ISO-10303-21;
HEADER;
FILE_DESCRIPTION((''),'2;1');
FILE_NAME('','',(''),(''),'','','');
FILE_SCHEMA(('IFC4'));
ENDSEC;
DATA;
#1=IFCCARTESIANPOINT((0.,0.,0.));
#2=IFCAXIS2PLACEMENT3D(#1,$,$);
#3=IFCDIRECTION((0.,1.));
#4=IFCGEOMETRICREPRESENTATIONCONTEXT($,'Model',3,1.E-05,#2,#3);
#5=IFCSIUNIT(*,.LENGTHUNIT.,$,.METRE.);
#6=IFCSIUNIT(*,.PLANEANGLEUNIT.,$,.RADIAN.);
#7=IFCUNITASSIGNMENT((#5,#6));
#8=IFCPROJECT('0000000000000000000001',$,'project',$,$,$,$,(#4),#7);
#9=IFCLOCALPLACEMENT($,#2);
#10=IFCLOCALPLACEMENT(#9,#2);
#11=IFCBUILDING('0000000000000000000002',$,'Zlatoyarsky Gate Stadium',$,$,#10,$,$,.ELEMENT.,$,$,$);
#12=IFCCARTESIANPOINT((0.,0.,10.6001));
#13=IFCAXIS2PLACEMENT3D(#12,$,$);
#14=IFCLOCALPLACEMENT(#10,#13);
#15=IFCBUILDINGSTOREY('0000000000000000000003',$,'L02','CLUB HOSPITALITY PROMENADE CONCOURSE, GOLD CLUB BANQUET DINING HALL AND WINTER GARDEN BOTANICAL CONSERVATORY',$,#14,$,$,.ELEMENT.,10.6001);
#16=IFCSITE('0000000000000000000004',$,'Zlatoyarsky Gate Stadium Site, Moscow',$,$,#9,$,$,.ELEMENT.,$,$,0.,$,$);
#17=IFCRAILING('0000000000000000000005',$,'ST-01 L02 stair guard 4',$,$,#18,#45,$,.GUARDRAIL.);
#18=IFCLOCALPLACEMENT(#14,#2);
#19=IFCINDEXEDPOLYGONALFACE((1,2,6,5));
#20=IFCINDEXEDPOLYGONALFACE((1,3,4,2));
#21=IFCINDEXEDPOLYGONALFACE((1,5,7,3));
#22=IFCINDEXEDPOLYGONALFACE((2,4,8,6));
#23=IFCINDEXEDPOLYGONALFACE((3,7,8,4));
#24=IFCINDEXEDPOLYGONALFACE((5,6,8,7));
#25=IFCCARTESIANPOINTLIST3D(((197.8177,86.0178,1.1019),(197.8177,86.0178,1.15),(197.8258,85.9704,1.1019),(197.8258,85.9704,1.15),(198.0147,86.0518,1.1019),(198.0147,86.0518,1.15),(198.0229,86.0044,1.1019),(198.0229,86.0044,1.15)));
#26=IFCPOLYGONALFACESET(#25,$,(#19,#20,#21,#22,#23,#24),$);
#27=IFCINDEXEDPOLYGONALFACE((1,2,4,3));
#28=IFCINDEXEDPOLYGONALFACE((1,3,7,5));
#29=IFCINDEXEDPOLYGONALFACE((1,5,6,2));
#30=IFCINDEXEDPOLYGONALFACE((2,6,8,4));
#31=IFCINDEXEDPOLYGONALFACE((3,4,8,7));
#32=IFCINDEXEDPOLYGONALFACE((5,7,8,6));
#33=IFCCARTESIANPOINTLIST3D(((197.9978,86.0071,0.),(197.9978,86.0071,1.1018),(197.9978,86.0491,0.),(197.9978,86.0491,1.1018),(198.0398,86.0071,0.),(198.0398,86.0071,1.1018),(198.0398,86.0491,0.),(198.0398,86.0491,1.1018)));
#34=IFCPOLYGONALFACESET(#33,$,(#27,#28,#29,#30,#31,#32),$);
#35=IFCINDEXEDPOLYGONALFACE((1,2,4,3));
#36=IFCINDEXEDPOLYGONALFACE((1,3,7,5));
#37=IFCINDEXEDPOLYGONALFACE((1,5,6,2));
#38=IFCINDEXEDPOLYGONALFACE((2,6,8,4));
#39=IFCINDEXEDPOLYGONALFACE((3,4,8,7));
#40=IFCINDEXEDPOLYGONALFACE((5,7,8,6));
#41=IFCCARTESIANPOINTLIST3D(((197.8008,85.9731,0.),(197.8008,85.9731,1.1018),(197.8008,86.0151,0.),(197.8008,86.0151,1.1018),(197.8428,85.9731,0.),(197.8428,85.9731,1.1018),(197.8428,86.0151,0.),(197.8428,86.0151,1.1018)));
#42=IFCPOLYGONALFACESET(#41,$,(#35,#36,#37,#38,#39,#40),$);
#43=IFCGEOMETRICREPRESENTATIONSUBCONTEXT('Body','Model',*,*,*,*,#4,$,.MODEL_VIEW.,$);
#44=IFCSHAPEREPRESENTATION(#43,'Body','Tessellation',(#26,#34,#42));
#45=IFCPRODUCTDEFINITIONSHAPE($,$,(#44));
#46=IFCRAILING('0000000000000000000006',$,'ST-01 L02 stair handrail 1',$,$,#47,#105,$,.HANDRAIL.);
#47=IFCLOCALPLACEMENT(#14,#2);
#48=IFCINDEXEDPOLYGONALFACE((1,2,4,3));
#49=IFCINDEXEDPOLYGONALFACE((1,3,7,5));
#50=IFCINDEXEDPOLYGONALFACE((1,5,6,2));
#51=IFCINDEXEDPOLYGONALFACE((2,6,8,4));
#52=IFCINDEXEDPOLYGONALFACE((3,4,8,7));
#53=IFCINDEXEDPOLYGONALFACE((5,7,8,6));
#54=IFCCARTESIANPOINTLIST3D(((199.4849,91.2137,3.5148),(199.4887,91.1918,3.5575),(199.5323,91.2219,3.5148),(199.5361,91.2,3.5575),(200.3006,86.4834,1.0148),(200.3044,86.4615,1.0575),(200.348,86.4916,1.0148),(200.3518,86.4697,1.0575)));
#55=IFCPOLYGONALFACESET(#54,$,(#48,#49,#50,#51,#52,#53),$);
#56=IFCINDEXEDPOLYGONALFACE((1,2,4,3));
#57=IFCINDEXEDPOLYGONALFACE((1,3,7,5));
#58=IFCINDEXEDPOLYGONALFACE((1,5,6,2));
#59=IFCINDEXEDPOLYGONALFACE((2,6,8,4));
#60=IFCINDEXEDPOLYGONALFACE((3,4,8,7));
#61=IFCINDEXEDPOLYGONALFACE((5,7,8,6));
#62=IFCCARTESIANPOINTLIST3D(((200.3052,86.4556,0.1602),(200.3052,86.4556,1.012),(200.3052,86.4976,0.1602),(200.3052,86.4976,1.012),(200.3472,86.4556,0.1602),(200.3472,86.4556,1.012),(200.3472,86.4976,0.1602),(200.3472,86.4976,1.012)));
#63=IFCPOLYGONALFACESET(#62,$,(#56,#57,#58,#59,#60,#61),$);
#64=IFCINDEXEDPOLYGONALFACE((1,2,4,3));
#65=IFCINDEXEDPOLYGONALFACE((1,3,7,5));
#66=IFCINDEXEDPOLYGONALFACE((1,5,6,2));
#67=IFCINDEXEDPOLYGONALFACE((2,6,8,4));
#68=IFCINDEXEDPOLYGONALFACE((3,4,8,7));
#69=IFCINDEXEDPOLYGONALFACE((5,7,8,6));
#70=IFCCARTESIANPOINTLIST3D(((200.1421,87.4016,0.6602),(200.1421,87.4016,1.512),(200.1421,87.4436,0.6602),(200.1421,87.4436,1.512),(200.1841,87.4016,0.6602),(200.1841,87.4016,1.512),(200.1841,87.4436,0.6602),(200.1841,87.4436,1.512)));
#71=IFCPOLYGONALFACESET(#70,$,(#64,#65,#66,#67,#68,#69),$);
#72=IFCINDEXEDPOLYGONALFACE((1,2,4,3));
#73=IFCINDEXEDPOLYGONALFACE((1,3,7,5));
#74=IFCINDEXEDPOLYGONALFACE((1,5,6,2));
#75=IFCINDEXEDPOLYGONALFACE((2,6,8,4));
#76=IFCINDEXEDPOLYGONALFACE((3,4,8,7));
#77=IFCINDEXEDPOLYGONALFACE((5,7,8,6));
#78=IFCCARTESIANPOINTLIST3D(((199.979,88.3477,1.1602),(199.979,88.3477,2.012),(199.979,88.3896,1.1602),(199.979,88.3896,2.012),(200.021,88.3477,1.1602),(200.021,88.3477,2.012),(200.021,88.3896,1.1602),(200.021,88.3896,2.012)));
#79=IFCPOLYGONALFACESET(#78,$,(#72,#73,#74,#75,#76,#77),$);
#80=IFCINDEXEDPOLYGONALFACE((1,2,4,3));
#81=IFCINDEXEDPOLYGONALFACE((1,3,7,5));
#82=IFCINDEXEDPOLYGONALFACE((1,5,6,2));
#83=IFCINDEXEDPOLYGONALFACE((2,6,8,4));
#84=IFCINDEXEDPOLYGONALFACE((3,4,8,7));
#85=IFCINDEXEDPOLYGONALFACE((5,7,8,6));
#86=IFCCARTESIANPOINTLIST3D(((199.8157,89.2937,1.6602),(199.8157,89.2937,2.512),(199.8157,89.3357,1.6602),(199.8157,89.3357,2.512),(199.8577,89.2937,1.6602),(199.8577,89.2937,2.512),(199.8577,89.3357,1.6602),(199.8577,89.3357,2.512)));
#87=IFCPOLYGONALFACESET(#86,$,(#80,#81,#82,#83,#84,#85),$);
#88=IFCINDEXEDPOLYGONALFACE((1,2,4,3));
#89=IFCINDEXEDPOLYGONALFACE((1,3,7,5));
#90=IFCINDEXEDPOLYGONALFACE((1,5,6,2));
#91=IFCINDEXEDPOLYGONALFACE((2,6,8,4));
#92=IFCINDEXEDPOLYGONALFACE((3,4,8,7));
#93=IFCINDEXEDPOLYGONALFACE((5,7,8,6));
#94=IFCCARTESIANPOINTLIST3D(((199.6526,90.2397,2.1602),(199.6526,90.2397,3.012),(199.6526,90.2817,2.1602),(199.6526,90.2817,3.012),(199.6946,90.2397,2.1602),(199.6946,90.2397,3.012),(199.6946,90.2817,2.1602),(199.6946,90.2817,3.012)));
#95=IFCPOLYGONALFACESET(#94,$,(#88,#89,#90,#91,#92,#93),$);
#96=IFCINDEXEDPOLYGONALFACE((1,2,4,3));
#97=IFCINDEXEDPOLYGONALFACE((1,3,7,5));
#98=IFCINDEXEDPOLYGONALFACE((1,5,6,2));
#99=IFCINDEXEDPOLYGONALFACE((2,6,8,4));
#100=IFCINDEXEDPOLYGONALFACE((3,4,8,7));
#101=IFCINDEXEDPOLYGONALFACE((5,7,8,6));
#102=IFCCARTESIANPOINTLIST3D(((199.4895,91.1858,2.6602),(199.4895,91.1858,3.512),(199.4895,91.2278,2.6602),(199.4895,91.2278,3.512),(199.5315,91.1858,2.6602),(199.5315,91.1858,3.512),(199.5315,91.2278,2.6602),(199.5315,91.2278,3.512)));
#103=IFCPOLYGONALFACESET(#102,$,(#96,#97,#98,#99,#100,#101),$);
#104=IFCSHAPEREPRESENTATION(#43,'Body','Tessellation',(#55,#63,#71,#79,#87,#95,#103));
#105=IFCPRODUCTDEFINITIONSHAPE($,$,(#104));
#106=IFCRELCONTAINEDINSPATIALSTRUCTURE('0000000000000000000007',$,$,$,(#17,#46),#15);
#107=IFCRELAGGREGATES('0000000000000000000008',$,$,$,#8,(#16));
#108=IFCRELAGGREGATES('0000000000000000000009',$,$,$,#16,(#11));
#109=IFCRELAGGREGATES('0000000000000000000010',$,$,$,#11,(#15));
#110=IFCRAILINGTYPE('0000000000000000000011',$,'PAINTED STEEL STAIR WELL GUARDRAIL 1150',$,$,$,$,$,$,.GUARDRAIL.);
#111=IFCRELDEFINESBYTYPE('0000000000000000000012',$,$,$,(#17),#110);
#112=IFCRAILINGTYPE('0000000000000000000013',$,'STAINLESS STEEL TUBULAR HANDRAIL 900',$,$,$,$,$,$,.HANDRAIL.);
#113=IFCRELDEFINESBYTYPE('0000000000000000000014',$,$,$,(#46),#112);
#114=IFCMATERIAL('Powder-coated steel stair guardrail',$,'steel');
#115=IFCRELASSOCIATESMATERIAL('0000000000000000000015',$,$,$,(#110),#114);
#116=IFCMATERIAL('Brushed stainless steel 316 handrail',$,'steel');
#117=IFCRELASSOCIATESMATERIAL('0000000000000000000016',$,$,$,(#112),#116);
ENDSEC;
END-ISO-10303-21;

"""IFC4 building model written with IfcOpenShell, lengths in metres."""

from ifc_helpers import new_model, si_unit, direction, frame, origin, origin_2d, place, context, subcontext, project, spatial, rectangle, extrude, material, type_object, element, save


model = new_model("IFC4")

# Units and contexts
model_context = context("Model", 3, precision=1e-05, world=origin(), true_north=direction((0.0, 1.0)))
body_context = subcontext(model_context, "Body", "Model", "MODEL_VIEW")
ifc_project = project(units=[si_unit("LENGTHUNIT", "METRE"), si_unit("PLANEANGLEUNIT", "RADIAN")], contexts=[model_context])

# Site, building, storey
site_placement = place(None, origin())
site = spatial("IfcSite", under=ifc_project, at=site_placement, Name="Zlatoyarsky Gate Stadium Site, Moscow", CompositionType="ELEMENT", RefElevation=0.0)
building_placement = place(site_placement, origin())
building = spatial("IfcBuilding", under=site, at=building_placement, Name="Zlatoyarsky Gate Stadium", CompositionType="ELEMENT")
storey_placement = place(building_placement, frame((0.0, 0.0, 10.6001)))
storey = spatial("IfcBuildingStorey", under=building, at=storey_placement, Name="L02", Description="CLUB HOSPITALITY PROMENADE CONCOURSE, GOLD CLUB BANQUET DINING HALL AND WINTER GARDEN BOTANICAL CONSERVATORY", CompositionType="ELEMENT", Elevation=10.6001)

# Railings
ifc_material_1 = material(Name="Powder-coated steel stair guardrail", Category="steel")
railing_type_1 = type_object("IfcRailingType", Name="PAINTED STEEL STAIR WELL GUARDRAIL 1150", PredefinedType="GUARDRAIL", material=ifc_material_1)
railing_1_placement = place(storey_placement, frame((198.0188, 86.0281, 0.0)))
element("IfcRailing", 1, at=railing_1_placement, inside=storey, type_object=railing_type_1, Name="ST-01 L02 stair guard 4", PredefinedType="GUARDRAIL", context=body_context, shape_type="SweptSolid", body=[
    extrude(rectangle(XDim=0.0481, YDim=0.0481, at=origin_2d()), frame((0.0, 0.0, 1.126), z_axis=(-0.985488, -0.169743, 0.0), x_axis=(0.169743, -0.985488, 0.0)), (0.0, 0.0, 1.0), 0.2),
    extrude(rectangle(XDim=0.042, YDim=0.042, at=origin_2d()), origin(), (0.0, 0.0, 1.0), 1.1018),
    extrude(rectangle(XDim=0.042, YDim=0.042, at=origin_2d()), frame((-0.197, -0.0339, 0.0)), (0.0, 0.0, 1.0), 1.1018),
])
ifc_material_2 = material(Name="Brushed stainless steel 316 handrail", Category="steel")
railing_type_2 = type_object("IfcRailingType", Name="STAINLESS STEEL TUBULAR HANDRAIL 900", PredefinedType="HANDRAIL", material=ifc_material_2)
railing_2_placement = place(storey_placement, frame((200.3262, 86.4766, 0.1602)))
element("IfcRailing", 2, at=railing_2_placement, inside=storey, type_object=railing_type_2, Name="ST-01 L02 stair handrail 1", PredefinedType="HANDRAIL", context=body_context, shape_type="SweptSolid", body=[
    extrude(rectangle(XDim=0.0481, YDim=0.0481, at=origin_2d()), frame((0.0, 0.0, 0.876), z_axis=(-0.150714, 0.874016, 0.461932), x_axis=(-0.985456, -0.169931, 0.0)), (0.0, 0.0, 1.0), 5.4121),
    extrude(rectangle(XDim=0.042, YDim=0.042, at=origin_2d()), origin(), (0.0, 0.0, 1.0), 0.8518),
    extrude(rectangle(XDim=0.042, YDim=0.042, at=origin_2d()), frame((-0.1631, 0.946, 0.5)), (0.0, 0.0, 1.0), 0.8518),
    extrude(rectangle(XDim=0.042, YDim=0.042, at=origin_2d()), frame((-0.3262, 1.8921, 1.0)), (0.0, 0.0, 1.0), 0.8518),
    extrude(rectangle(XDim=0.042, YDim=0.042, at=origin_2d()), frame((-0.4895, 2.8381, 1.5)), (0.0, 0.0, 1.0), 0.8518),
    extrude(rectangle(XDim=0.042, YDim=0.042, at=origin_2d()), frame((-0.6526, 3.7842, 2.0)), (0.0, 0.0, 1.0), 0.8518),
    extrude(rectangle(XDim=0.042, YDim=0.042, at=origin_2d()), frame((-0.8157, 4.7302, 2.5)), (0.0, 0.0, 1.0), 0.8518),
])

save(model, "model.ifc")
